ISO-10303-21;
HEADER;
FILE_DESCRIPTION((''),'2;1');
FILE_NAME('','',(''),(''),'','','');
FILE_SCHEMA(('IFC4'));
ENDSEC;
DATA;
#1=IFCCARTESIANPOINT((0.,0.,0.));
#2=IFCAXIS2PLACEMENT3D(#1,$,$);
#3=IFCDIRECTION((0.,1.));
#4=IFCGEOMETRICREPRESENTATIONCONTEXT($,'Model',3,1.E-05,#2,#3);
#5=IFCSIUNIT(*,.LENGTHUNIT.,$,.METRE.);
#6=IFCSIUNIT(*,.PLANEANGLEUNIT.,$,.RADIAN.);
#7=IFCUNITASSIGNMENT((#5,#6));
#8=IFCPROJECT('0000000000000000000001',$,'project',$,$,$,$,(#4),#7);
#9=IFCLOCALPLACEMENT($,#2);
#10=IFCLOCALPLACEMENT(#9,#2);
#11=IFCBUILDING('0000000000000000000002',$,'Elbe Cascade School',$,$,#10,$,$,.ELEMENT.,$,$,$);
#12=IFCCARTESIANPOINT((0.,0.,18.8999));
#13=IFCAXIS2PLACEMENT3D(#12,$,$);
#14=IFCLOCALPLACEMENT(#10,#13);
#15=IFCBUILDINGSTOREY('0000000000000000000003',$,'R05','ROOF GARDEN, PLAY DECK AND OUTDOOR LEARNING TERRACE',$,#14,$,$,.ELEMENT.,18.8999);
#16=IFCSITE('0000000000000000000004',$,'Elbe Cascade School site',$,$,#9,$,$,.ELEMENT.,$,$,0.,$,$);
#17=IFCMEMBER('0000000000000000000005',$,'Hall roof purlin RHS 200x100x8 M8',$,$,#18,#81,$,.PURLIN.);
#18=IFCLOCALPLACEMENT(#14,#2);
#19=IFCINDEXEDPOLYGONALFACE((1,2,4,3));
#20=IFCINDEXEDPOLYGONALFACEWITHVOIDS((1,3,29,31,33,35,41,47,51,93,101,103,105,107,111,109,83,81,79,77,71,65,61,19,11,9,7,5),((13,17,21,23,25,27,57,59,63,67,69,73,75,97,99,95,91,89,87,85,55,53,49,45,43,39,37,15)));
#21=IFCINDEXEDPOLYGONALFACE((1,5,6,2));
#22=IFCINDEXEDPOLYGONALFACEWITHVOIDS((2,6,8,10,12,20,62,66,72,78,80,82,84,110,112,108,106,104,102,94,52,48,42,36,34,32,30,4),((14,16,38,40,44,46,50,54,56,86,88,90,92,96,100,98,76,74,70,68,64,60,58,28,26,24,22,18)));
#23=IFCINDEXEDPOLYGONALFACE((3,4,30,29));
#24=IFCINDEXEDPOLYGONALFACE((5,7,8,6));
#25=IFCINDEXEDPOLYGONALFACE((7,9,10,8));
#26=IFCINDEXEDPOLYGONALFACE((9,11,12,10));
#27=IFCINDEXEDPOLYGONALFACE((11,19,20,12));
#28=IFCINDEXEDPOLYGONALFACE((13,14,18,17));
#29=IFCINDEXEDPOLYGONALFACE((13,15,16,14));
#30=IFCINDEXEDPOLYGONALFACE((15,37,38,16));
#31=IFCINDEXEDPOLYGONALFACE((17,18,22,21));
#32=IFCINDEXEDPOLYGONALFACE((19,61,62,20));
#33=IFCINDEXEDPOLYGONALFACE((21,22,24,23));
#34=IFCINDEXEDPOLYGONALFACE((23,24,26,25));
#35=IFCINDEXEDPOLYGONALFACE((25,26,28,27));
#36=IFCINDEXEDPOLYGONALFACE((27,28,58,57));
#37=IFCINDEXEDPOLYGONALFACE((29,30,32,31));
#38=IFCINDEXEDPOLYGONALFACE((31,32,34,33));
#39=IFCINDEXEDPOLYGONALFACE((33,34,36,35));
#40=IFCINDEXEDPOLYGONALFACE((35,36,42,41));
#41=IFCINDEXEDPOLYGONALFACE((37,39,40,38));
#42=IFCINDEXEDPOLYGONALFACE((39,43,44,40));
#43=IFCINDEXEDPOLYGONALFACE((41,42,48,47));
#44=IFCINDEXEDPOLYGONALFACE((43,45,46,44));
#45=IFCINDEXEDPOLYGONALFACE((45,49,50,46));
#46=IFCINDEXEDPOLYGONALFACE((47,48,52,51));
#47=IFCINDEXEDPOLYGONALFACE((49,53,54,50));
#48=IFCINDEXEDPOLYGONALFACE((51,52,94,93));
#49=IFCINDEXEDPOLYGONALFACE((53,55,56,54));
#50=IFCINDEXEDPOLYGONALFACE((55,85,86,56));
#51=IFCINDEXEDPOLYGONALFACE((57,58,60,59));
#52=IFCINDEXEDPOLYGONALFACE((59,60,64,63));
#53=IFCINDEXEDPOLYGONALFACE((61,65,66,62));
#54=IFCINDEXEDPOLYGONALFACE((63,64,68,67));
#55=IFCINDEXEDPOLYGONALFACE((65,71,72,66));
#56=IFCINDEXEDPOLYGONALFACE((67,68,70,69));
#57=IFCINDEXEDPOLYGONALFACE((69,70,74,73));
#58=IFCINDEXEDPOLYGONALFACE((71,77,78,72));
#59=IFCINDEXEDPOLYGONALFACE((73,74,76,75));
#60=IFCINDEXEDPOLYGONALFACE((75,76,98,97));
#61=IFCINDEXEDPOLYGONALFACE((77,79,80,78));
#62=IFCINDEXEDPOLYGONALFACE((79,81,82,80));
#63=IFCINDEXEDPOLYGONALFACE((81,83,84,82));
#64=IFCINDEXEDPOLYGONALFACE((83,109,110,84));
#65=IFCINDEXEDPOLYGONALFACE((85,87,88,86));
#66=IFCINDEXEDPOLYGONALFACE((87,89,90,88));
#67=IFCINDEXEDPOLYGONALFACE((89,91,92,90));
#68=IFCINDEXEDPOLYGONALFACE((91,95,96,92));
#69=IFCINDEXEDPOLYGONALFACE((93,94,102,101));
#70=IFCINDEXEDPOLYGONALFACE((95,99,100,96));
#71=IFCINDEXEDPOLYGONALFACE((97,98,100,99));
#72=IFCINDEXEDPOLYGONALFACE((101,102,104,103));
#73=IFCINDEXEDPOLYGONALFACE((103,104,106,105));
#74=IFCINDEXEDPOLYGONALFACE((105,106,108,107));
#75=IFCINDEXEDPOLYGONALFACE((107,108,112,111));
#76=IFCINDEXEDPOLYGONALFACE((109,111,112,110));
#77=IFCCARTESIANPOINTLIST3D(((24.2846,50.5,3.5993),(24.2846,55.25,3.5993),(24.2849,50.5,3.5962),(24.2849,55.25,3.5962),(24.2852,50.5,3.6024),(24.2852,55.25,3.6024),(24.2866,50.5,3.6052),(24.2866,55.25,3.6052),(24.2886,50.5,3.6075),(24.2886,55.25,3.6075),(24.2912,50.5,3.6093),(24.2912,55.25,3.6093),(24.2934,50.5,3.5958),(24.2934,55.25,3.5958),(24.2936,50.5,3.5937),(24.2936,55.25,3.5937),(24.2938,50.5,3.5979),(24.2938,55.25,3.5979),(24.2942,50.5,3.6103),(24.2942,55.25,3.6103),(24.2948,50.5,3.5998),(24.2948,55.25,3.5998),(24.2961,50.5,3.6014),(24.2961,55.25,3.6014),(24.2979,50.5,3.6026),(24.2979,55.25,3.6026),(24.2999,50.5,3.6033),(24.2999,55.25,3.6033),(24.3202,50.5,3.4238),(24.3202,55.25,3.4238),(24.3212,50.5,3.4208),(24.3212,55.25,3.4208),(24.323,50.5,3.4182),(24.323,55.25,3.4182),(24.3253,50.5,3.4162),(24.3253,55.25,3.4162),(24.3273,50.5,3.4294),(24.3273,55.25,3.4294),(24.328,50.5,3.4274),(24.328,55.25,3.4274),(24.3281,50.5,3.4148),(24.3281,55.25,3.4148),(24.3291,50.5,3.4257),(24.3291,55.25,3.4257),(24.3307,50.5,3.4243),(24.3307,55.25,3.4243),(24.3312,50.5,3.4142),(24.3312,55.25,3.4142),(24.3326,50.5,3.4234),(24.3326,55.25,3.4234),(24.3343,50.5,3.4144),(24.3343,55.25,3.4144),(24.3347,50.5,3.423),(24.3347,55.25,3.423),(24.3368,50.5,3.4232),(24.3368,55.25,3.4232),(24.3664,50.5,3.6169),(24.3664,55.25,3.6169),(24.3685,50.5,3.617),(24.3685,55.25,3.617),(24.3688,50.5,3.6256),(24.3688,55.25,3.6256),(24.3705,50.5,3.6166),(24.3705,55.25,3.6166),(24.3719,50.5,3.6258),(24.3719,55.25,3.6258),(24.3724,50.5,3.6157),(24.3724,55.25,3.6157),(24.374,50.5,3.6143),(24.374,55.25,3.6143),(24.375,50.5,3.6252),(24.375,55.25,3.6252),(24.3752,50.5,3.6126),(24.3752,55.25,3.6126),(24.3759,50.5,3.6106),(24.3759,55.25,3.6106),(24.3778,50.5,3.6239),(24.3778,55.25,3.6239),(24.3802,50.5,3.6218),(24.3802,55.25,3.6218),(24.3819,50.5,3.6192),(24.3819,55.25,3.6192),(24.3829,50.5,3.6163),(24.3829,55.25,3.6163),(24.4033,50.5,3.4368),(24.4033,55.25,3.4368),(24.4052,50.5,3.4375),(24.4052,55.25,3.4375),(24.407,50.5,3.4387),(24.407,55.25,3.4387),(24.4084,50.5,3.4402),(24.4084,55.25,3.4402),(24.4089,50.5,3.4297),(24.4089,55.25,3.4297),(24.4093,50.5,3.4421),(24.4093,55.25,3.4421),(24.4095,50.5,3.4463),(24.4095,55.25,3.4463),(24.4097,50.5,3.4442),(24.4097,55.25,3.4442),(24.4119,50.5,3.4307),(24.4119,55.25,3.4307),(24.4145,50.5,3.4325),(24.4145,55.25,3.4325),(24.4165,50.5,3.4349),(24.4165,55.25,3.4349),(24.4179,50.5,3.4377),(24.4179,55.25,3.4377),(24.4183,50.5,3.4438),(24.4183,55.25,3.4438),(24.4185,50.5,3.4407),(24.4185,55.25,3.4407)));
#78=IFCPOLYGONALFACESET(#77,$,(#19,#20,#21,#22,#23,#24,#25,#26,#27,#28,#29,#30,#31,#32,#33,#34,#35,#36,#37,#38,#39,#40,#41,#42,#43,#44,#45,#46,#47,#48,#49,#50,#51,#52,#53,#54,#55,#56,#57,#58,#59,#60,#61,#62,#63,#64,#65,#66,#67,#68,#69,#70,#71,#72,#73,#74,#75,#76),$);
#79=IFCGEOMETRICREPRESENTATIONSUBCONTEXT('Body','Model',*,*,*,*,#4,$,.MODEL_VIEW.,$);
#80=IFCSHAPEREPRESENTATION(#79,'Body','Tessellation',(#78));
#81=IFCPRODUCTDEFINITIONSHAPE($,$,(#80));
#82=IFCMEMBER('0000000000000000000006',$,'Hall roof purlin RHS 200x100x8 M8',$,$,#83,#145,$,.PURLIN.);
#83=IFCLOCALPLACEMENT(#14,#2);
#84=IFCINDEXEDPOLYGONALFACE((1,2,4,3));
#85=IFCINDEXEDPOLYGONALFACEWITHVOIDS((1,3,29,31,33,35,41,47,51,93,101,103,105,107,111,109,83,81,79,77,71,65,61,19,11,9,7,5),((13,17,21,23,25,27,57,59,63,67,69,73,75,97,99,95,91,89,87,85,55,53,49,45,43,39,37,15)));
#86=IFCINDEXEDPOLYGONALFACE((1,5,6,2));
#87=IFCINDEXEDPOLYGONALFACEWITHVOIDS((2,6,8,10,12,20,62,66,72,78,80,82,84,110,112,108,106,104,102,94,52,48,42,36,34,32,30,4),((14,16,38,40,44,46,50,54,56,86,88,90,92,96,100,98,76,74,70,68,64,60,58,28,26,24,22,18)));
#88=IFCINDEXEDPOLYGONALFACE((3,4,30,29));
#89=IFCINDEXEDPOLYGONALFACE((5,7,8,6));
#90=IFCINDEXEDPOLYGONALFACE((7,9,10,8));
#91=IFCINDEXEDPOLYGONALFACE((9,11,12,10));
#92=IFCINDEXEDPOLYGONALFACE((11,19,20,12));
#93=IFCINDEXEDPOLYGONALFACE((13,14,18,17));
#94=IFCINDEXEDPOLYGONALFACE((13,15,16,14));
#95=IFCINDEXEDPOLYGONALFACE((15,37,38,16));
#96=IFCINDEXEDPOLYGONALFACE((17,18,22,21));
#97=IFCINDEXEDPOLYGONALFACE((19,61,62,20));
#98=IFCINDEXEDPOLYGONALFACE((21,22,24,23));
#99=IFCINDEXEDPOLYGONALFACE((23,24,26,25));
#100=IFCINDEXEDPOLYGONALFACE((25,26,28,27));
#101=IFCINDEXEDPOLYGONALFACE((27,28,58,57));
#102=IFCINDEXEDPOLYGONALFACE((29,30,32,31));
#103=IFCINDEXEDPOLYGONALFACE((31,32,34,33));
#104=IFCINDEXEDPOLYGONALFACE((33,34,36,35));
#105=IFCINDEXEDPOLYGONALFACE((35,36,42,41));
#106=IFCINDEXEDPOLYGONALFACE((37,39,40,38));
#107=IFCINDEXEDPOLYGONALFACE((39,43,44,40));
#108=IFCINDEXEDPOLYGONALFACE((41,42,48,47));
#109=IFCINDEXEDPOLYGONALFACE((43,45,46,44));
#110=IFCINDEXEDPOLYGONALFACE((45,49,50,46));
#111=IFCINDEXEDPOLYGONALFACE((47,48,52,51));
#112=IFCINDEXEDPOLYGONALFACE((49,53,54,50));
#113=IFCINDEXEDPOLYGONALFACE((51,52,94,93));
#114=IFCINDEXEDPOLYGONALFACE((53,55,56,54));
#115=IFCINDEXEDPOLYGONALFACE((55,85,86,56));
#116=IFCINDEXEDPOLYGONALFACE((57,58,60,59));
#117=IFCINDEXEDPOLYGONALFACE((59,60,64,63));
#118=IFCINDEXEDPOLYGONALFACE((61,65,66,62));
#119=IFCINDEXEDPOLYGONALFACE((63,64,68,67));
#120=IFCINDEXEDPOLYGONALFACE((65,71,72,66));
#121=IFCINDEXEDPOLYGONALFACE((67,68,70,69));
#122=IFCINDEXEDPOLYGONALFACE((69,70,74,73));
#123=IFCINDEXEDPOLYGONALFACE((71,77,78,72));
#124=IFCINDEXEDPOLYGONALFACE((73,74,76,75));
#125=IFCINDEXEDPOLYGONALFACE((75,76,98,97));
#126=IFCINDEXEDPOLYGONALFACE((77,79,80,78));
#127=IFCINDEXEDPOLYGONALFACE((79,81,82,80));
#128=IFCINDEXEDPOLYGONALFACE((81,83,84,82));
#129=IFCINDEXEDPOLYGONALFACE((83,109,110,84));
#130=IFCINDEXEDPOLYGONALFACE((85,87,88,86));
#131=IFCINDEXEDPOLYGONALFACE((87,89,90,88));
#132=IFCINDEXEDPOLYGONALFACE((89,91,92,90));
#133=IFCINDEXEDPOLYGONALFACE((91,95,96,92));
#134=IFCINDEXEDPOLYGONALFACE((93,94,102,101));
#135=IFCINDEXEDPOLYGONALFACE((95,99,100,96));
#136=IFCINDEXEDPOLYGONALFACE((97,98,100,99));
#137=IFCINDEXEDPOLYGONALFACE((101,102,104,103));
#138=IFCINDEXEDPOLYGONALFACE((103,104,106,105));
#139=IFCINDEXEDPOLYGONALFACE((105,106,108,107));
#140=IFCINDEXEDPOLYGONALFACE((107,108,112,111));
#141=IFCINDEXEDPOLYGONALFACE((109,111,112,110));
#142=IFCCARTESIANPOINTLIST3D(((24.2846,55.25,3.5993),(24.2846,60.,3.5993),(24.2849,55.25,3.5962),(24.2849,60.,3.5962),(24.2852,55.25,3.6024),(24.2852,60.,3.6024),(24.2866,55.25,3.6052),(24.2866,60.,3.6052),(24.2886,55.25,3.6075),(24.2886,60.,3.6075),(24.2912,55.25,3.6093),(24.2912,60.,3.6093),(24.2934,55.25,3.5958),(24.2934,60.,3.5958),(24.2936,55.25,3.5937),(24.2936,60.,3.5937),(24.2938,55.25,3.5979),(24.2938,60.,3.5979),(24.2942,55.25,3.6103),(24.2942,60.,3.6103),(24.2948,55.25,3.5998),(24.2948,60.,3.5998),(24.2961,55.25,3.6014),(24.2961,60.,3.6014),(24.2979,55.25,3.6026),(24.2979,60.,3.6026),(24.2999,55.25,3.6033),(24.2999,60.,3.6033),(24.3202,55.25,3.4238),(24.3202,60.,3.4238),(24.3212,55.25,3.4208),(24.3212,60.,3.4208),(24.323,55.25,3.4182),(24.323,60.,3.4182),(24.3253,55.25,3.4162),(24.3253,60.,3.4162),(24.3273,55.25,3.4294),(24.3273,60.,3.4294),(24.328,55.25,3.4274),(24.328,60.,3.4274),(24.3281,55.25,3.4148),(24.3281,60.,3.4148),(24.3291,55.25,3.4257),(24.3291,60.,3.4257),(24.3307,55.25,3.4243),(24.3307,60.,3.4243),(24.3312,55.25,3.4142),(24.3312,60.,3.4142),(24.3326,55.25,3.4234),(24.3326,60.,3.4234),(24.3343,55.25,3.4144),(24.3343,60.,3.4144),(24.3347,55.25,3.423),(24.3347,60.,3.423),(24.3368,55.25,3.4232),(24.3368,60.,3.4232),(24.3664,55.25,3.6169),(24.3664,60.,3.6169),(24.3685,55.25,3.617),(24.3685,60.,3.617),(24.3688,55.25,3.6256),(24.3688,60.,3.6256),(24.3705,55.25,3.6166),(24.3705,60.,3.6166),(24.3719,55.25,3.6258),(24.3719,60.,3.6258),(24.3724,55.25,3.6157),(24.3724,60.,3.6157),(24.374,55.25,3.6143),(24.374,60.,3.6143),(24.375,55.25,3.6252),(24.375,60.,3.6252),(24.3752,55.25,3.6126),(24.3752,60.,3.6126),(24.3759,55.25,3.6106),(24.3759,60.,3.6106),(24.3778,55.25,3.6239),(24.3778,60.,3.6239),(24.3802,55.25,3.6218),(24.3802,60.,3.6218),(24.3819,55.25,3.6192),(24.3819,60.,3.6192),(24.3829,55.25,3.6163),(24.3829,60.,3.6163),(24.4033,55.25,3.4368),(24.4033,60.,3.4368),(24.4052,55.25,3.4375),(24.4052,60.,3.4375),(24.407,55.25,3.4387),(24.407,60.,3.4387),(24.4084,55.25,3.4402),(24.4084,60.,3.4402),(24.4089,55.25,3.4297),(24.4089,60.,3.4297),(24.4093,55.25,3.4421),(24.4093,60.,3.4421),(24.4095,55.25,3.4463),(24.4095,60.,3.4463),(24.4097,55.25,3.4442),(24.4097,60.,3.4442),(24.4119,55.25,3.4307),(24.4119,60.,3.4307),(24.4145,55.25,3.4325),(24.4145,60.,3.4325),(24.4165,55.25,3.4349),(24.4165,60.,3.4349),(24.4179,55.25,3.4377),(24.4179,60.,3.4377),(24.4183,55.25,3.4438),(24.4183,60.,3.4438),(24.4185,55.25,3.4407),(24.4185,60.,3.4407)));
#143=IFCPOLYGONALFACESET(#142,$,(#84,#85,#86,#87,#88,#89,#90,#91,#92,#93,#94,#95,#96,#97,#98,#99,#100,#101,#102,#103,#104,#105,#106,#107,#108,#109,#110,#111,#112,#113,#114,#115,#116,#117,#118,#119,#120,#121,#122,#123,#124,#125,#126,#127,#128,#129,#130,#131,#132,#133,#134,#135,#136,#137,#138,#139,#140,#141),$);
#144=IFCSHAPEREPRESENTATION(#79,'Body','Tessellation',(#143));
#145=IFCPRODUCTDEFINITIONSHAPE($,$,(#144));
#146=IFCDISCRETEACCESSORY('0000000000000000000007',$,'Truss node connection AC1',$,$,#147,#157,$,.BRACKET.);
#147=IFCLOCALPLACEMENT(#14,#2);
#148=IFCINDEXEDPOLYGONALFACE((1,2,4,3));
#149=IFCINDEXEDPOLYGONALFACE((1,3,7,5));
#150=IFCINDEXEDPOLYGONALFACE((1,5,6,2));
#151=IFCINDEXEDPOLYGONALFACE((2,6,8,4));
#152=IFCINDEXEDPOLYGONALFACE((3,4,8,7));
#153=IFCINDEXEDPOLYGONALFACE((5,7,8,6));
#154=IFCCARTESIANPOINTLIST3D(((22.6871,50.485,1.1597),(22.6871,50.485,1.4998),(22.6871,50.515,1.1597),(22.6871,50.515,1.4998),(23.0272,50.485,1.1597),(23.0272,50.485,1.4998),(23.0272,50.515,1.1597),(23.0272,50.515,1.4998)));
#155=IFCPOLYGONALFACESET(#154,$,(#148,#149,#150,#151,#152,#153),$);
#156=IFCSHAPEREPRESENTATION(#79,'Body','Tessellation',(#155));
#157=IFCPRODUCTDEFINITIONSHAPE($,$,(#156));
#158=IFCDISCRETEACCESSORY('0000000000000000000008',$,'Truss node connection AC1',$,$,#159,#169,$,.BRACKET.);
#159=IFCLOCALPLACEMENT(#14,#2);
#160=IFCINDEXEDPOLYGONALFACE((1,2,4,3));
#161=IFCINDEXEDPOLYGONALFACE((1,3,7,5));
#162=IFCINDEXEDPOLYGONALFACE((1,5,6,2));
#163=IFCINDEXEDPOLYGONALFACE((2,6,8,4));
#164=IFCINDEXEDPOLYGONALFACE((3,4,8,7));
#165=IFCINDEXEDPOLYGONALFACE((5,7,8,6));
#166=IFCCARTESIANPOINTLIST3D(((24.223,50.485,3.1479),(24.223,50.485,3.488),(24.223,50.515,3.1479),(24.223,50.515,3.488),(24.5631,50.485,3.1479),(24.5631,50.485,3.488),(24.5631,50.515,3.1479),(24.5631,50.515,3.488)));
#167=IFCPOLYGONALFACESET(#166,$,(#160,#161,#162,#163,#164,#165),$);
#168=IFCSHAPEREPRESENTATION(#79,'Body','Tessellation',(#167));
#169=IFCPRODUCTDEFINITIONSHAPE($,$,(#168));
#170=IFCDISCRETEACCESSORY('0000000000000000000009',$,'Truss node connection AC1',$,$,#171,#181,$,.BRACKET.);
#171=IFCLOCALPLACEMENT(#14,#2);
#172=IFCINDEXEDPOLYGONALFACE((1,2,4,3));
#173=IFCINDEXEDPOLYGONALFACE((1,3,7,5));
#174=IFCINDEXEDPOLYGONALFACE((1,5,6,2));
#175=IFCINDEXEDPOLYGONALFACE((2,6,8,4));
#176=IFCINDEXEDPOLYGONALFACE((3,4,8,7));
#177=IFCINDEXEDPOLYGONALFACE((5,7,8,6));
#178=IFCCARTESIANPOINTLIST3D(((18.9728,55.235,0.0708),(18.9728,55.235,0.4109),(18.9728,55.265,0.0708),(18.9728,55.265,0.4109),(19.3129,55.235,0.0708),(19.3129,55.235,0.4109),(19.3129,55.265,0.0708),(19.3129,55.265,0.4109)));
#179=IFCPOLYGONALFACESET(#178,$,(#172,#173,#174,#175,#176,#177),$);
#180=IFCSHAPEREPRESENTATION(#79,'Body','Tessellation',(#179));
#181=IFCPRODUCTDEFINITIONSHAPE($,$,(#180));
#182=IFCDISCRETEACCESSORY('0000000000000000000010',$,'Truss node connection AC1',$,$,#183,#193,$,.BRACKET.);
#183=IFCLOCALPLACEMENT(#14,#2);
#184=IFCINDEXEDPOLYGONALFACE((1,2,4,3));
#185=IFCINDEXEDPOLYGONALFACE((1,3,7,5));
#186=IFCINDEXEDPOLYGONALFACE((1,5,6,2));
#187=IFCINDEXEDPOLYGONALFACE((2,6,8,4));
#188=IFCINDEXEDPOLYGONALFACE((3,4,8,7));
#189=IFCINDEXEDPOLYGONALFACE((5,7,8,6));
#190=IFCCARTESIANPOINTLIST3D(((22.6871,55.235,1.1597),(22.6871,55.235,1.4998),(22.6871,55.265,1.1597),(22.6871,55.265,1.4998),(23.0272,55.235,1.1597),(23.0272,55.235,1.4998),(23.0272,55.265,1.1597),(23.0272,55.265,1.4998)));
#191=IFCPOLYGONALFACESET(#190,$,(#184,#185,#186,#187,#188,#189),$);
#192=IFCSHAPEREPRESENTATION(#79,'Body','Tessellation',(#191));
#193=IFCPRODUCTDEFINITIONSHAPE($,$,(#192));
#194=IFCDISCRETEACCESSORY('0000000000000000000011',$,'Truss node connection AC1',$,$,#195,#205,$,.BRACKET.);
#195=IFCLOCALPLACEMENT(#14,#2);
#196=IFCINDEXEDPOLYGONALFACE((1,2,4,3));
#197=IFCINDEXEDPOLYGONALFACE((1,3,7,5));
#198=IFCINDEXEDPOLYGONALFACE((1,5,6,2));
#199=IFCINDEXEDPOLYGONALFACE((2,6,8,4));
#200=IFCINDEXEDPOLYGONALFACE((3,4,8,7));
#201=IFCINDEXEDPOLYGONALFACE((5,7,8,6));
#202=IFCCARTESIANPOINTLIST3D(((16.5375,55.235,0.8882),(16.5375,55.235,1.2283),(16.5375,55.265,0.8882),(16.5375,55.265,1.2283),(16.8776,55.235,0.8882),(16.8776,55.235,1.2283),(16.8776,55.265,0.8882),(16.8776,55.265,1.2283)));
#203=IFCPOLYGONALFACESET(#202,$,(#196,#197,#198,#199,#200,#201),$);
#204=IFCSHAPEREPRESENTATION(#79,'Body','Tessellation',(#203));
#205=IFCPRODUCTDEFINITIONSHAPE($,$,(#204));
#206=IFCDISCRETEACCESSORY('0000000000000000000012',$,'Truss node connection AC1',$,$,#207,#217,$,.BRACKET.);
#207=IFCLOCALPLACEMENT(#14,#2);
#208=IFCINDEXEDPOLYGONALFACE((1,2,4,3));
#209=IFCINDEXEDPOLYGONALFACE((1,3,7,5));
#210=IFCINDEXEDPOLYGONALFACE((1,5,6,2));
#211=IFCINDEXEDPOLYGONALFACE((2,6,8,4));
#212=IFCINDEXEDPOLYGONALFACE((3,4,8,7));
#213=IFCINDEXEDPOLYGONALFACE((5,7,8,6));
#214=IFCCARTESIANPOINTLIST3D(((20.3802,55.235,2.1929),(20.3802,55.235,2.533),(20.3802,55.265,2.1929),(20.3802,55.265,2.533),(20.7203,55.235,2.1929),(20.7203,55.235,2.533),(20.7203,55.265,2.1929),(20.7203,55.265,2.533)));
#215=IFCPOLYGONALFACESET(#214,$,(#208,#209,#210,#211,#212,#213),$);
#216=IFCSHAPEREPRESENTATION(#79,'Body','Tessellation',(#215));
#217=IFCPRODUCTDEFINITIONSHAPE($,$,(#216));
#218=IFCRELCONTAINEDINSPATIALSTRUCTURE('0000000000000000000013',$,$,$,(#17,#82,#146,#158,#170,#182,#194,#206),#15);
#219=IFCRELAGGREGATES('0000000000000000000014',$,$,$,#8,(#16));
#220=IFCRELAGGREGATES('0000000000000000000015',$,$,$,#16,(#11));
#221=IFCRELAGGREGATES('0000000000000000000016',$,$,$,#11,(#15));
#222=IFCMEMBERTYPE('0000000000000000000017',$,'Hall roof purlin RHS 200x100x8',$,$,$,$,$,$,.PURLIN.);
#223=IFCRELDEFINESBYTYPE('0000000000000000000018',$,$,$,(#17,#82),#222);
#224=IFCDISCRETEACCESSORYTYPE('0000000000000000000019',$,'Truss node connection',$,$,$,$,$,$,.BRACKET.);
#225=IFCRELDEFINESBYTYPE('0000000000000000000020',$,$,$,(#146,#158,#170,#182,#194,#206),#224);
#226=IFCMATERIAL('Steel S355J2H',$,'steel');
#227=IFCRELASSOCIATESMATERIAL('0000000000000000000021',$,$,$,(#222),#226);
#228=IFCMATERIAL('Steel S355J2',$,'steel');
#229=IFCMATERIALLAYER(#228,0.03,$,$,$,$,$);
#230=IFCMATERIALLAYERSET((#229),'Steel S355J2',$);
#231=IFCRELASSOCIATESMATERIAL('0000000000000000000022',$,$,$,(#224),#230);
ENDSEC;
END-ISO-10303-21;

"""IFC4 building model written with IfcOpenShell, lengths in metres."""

from ifc_helpers import new_model, si_unit, direction, frame, origin, origin_2d, place, context, subcontext, project, spatial, rectangle, hollow_rectangle, extrude, material, layer, layer_set, material_profile, profile_set, type_object, element, save


model = new_model("IFC4")

# Units and contexts
model_context = context("Model", 3, precision=1e-05, world=origin(), true_north=direction((0.0, 1.0)))
body_context = subcontext(model_context, "Body", "Model", "MODEL_VIEW")
ifc_project = project(units=[si_unit("LENGTHUNIT", "METRE"), si_unit("PLANEANGLEUNIT", "RADIAN")], contexts=[model_context])

# Site, building, storey
site_placement = place(None, origin())
site = spatial("IfcSite", under=ifc_project, at=site_placement, Name="Elbe Cascade School site", CompositionType="ELEMENT", RefElevation=0.0)
building_placement = place(site_placement, origin())
building = spatial("IfcBuilding", under=site, at=building_placement, Name="Elbe Cascade School", CompositionType="ELEMENT")
storey_placement = place(building_placement, frame((0.0, 0.0, 18.8999)))
storey = spatial("IfcBuildingStorey", under=building, at=storey_placement, Name="R05", Description="ROOF GARDEN, PLAY DECK AND OUTDOOR LEARNING TERRACE", CompositionType="ELEMENT", Elevation=18.8999)

# Members
ifc_material_1 = material(Name="Steel S355J2H", Category="steel")
ifc_material_profile_1 = material_profile(ifc_material_1, hollow_rectangle(XDim=0.1001, YDim=0.2, WallThickness=0.0081, InnerFilletRadius=0.0081, OuterFilletRadius=0.012, at=origin_2d()), Name="RHS 200x100x8")
ifc_profile_set_1 = profile_set([ifc_material_profile_1], Name="Steel S355J2H")
member_type_1 = type_object("IfcMemberType", Name="Hall roof purlin RHS 200x100x8", PredefinedType="PURLIN", material=ifc_profile_set_1)
for number, where, z_axis, x_axis, name in (
    (1, (24.3516, 50.5, 3.52), (0.0, 1.0, 0.0), (-0.979638, 0.0, -0.200772), "Hall roof purlin RHS 200x100x8 M8"),
    (2, (24.3516, 55.25, 3.52), (0.0, 1.0, 0.0), (-0.979638, 0.0, -0.200772), "Hall roof purlin RHS 200x100x8 M8"),
):
    element("IfcMember", number, at=place(storey_placement, frame(where, z_axis=z_axis, x_axis=x_axis)), inside=storey, type_object=member_type_1, Name=name, PredefinedType="PURLIN", context=body_context, shape_type="SweptSolid", body=[
        extrude(hollow_rectangle(XDim=0.1001, YDim=0.2, WallThickness=0.0081, InnerFilletRadius=0.0081, OuterFilletRadius=0.012, at=origin_2d()), origin(), (0.0, 0.0, 1.0), 4.75),
    ])

# Discrete accessories
ifc_material_2 = material(Name="Steel S355J2", Category="steel")
ifc_layer = layer(ifc_material_2, 0.03)
ifc_layer_set = layer_set([ifc_layer], Name="Steel S355J2")
discrete_accessory_type = type_object("IfcDiscreteAccessoryType", Name="Truss node connection", PredefinedType="BRACKET", material=ifc_layer_set)
for number, where, z_axis, x_axis, name in (
    (3, (22.8572, 50.5, 1.1597), (0.0, 0.0, 1.0), (1.0, 0.0, 0.0), "Truss node connection AC1"),
    (4, (24.3931, 50.5, 3.1479), (0.0, 0.0, 1.0), (1.0, 0.0, 0.0), "Truss node connection AC1"),
    (5, (19.1428, 55.25, 0.0708), (0.0, 0.0, 1.0), (1.0, 0.0, 0.0), "Truss node connection AC1"),
    (6, (22.8572, 55.25, 1.1597), (0.0, 0.0, 1.0), (1.0, 0.0, 0.0), "Truss node connection AC1"),
    (7, (16.7075, 55.25, 0.8882), (0.0, 0.0, 1.0), (1.0, 0.0, 0.0), "Truss node connection AC1"),
    (8, (20.5503, 55.25, 2.1929), (0.0, 0.0, 1.0), (1.0, 0.0, 0.0), "Truss node connection AC1"),
):
    element("IfcDiscreteAccessory", number, at=place(storey_placement, frame(where, z_axis=z_axis, x_axis=x_axis)), inside=storey, type_object=discrete_accessory_type, Name=name, PredefinedType="BRACKET", context=body_context, shape_type="SweptSolid", body=[
        extrude(rectangle(XDim=0.3401, YDim=0.03, at=origin_2d()), origin(), (0.0, 0.0, 1.0), 0.3401),
    ])

save(model, "model.ifc")
